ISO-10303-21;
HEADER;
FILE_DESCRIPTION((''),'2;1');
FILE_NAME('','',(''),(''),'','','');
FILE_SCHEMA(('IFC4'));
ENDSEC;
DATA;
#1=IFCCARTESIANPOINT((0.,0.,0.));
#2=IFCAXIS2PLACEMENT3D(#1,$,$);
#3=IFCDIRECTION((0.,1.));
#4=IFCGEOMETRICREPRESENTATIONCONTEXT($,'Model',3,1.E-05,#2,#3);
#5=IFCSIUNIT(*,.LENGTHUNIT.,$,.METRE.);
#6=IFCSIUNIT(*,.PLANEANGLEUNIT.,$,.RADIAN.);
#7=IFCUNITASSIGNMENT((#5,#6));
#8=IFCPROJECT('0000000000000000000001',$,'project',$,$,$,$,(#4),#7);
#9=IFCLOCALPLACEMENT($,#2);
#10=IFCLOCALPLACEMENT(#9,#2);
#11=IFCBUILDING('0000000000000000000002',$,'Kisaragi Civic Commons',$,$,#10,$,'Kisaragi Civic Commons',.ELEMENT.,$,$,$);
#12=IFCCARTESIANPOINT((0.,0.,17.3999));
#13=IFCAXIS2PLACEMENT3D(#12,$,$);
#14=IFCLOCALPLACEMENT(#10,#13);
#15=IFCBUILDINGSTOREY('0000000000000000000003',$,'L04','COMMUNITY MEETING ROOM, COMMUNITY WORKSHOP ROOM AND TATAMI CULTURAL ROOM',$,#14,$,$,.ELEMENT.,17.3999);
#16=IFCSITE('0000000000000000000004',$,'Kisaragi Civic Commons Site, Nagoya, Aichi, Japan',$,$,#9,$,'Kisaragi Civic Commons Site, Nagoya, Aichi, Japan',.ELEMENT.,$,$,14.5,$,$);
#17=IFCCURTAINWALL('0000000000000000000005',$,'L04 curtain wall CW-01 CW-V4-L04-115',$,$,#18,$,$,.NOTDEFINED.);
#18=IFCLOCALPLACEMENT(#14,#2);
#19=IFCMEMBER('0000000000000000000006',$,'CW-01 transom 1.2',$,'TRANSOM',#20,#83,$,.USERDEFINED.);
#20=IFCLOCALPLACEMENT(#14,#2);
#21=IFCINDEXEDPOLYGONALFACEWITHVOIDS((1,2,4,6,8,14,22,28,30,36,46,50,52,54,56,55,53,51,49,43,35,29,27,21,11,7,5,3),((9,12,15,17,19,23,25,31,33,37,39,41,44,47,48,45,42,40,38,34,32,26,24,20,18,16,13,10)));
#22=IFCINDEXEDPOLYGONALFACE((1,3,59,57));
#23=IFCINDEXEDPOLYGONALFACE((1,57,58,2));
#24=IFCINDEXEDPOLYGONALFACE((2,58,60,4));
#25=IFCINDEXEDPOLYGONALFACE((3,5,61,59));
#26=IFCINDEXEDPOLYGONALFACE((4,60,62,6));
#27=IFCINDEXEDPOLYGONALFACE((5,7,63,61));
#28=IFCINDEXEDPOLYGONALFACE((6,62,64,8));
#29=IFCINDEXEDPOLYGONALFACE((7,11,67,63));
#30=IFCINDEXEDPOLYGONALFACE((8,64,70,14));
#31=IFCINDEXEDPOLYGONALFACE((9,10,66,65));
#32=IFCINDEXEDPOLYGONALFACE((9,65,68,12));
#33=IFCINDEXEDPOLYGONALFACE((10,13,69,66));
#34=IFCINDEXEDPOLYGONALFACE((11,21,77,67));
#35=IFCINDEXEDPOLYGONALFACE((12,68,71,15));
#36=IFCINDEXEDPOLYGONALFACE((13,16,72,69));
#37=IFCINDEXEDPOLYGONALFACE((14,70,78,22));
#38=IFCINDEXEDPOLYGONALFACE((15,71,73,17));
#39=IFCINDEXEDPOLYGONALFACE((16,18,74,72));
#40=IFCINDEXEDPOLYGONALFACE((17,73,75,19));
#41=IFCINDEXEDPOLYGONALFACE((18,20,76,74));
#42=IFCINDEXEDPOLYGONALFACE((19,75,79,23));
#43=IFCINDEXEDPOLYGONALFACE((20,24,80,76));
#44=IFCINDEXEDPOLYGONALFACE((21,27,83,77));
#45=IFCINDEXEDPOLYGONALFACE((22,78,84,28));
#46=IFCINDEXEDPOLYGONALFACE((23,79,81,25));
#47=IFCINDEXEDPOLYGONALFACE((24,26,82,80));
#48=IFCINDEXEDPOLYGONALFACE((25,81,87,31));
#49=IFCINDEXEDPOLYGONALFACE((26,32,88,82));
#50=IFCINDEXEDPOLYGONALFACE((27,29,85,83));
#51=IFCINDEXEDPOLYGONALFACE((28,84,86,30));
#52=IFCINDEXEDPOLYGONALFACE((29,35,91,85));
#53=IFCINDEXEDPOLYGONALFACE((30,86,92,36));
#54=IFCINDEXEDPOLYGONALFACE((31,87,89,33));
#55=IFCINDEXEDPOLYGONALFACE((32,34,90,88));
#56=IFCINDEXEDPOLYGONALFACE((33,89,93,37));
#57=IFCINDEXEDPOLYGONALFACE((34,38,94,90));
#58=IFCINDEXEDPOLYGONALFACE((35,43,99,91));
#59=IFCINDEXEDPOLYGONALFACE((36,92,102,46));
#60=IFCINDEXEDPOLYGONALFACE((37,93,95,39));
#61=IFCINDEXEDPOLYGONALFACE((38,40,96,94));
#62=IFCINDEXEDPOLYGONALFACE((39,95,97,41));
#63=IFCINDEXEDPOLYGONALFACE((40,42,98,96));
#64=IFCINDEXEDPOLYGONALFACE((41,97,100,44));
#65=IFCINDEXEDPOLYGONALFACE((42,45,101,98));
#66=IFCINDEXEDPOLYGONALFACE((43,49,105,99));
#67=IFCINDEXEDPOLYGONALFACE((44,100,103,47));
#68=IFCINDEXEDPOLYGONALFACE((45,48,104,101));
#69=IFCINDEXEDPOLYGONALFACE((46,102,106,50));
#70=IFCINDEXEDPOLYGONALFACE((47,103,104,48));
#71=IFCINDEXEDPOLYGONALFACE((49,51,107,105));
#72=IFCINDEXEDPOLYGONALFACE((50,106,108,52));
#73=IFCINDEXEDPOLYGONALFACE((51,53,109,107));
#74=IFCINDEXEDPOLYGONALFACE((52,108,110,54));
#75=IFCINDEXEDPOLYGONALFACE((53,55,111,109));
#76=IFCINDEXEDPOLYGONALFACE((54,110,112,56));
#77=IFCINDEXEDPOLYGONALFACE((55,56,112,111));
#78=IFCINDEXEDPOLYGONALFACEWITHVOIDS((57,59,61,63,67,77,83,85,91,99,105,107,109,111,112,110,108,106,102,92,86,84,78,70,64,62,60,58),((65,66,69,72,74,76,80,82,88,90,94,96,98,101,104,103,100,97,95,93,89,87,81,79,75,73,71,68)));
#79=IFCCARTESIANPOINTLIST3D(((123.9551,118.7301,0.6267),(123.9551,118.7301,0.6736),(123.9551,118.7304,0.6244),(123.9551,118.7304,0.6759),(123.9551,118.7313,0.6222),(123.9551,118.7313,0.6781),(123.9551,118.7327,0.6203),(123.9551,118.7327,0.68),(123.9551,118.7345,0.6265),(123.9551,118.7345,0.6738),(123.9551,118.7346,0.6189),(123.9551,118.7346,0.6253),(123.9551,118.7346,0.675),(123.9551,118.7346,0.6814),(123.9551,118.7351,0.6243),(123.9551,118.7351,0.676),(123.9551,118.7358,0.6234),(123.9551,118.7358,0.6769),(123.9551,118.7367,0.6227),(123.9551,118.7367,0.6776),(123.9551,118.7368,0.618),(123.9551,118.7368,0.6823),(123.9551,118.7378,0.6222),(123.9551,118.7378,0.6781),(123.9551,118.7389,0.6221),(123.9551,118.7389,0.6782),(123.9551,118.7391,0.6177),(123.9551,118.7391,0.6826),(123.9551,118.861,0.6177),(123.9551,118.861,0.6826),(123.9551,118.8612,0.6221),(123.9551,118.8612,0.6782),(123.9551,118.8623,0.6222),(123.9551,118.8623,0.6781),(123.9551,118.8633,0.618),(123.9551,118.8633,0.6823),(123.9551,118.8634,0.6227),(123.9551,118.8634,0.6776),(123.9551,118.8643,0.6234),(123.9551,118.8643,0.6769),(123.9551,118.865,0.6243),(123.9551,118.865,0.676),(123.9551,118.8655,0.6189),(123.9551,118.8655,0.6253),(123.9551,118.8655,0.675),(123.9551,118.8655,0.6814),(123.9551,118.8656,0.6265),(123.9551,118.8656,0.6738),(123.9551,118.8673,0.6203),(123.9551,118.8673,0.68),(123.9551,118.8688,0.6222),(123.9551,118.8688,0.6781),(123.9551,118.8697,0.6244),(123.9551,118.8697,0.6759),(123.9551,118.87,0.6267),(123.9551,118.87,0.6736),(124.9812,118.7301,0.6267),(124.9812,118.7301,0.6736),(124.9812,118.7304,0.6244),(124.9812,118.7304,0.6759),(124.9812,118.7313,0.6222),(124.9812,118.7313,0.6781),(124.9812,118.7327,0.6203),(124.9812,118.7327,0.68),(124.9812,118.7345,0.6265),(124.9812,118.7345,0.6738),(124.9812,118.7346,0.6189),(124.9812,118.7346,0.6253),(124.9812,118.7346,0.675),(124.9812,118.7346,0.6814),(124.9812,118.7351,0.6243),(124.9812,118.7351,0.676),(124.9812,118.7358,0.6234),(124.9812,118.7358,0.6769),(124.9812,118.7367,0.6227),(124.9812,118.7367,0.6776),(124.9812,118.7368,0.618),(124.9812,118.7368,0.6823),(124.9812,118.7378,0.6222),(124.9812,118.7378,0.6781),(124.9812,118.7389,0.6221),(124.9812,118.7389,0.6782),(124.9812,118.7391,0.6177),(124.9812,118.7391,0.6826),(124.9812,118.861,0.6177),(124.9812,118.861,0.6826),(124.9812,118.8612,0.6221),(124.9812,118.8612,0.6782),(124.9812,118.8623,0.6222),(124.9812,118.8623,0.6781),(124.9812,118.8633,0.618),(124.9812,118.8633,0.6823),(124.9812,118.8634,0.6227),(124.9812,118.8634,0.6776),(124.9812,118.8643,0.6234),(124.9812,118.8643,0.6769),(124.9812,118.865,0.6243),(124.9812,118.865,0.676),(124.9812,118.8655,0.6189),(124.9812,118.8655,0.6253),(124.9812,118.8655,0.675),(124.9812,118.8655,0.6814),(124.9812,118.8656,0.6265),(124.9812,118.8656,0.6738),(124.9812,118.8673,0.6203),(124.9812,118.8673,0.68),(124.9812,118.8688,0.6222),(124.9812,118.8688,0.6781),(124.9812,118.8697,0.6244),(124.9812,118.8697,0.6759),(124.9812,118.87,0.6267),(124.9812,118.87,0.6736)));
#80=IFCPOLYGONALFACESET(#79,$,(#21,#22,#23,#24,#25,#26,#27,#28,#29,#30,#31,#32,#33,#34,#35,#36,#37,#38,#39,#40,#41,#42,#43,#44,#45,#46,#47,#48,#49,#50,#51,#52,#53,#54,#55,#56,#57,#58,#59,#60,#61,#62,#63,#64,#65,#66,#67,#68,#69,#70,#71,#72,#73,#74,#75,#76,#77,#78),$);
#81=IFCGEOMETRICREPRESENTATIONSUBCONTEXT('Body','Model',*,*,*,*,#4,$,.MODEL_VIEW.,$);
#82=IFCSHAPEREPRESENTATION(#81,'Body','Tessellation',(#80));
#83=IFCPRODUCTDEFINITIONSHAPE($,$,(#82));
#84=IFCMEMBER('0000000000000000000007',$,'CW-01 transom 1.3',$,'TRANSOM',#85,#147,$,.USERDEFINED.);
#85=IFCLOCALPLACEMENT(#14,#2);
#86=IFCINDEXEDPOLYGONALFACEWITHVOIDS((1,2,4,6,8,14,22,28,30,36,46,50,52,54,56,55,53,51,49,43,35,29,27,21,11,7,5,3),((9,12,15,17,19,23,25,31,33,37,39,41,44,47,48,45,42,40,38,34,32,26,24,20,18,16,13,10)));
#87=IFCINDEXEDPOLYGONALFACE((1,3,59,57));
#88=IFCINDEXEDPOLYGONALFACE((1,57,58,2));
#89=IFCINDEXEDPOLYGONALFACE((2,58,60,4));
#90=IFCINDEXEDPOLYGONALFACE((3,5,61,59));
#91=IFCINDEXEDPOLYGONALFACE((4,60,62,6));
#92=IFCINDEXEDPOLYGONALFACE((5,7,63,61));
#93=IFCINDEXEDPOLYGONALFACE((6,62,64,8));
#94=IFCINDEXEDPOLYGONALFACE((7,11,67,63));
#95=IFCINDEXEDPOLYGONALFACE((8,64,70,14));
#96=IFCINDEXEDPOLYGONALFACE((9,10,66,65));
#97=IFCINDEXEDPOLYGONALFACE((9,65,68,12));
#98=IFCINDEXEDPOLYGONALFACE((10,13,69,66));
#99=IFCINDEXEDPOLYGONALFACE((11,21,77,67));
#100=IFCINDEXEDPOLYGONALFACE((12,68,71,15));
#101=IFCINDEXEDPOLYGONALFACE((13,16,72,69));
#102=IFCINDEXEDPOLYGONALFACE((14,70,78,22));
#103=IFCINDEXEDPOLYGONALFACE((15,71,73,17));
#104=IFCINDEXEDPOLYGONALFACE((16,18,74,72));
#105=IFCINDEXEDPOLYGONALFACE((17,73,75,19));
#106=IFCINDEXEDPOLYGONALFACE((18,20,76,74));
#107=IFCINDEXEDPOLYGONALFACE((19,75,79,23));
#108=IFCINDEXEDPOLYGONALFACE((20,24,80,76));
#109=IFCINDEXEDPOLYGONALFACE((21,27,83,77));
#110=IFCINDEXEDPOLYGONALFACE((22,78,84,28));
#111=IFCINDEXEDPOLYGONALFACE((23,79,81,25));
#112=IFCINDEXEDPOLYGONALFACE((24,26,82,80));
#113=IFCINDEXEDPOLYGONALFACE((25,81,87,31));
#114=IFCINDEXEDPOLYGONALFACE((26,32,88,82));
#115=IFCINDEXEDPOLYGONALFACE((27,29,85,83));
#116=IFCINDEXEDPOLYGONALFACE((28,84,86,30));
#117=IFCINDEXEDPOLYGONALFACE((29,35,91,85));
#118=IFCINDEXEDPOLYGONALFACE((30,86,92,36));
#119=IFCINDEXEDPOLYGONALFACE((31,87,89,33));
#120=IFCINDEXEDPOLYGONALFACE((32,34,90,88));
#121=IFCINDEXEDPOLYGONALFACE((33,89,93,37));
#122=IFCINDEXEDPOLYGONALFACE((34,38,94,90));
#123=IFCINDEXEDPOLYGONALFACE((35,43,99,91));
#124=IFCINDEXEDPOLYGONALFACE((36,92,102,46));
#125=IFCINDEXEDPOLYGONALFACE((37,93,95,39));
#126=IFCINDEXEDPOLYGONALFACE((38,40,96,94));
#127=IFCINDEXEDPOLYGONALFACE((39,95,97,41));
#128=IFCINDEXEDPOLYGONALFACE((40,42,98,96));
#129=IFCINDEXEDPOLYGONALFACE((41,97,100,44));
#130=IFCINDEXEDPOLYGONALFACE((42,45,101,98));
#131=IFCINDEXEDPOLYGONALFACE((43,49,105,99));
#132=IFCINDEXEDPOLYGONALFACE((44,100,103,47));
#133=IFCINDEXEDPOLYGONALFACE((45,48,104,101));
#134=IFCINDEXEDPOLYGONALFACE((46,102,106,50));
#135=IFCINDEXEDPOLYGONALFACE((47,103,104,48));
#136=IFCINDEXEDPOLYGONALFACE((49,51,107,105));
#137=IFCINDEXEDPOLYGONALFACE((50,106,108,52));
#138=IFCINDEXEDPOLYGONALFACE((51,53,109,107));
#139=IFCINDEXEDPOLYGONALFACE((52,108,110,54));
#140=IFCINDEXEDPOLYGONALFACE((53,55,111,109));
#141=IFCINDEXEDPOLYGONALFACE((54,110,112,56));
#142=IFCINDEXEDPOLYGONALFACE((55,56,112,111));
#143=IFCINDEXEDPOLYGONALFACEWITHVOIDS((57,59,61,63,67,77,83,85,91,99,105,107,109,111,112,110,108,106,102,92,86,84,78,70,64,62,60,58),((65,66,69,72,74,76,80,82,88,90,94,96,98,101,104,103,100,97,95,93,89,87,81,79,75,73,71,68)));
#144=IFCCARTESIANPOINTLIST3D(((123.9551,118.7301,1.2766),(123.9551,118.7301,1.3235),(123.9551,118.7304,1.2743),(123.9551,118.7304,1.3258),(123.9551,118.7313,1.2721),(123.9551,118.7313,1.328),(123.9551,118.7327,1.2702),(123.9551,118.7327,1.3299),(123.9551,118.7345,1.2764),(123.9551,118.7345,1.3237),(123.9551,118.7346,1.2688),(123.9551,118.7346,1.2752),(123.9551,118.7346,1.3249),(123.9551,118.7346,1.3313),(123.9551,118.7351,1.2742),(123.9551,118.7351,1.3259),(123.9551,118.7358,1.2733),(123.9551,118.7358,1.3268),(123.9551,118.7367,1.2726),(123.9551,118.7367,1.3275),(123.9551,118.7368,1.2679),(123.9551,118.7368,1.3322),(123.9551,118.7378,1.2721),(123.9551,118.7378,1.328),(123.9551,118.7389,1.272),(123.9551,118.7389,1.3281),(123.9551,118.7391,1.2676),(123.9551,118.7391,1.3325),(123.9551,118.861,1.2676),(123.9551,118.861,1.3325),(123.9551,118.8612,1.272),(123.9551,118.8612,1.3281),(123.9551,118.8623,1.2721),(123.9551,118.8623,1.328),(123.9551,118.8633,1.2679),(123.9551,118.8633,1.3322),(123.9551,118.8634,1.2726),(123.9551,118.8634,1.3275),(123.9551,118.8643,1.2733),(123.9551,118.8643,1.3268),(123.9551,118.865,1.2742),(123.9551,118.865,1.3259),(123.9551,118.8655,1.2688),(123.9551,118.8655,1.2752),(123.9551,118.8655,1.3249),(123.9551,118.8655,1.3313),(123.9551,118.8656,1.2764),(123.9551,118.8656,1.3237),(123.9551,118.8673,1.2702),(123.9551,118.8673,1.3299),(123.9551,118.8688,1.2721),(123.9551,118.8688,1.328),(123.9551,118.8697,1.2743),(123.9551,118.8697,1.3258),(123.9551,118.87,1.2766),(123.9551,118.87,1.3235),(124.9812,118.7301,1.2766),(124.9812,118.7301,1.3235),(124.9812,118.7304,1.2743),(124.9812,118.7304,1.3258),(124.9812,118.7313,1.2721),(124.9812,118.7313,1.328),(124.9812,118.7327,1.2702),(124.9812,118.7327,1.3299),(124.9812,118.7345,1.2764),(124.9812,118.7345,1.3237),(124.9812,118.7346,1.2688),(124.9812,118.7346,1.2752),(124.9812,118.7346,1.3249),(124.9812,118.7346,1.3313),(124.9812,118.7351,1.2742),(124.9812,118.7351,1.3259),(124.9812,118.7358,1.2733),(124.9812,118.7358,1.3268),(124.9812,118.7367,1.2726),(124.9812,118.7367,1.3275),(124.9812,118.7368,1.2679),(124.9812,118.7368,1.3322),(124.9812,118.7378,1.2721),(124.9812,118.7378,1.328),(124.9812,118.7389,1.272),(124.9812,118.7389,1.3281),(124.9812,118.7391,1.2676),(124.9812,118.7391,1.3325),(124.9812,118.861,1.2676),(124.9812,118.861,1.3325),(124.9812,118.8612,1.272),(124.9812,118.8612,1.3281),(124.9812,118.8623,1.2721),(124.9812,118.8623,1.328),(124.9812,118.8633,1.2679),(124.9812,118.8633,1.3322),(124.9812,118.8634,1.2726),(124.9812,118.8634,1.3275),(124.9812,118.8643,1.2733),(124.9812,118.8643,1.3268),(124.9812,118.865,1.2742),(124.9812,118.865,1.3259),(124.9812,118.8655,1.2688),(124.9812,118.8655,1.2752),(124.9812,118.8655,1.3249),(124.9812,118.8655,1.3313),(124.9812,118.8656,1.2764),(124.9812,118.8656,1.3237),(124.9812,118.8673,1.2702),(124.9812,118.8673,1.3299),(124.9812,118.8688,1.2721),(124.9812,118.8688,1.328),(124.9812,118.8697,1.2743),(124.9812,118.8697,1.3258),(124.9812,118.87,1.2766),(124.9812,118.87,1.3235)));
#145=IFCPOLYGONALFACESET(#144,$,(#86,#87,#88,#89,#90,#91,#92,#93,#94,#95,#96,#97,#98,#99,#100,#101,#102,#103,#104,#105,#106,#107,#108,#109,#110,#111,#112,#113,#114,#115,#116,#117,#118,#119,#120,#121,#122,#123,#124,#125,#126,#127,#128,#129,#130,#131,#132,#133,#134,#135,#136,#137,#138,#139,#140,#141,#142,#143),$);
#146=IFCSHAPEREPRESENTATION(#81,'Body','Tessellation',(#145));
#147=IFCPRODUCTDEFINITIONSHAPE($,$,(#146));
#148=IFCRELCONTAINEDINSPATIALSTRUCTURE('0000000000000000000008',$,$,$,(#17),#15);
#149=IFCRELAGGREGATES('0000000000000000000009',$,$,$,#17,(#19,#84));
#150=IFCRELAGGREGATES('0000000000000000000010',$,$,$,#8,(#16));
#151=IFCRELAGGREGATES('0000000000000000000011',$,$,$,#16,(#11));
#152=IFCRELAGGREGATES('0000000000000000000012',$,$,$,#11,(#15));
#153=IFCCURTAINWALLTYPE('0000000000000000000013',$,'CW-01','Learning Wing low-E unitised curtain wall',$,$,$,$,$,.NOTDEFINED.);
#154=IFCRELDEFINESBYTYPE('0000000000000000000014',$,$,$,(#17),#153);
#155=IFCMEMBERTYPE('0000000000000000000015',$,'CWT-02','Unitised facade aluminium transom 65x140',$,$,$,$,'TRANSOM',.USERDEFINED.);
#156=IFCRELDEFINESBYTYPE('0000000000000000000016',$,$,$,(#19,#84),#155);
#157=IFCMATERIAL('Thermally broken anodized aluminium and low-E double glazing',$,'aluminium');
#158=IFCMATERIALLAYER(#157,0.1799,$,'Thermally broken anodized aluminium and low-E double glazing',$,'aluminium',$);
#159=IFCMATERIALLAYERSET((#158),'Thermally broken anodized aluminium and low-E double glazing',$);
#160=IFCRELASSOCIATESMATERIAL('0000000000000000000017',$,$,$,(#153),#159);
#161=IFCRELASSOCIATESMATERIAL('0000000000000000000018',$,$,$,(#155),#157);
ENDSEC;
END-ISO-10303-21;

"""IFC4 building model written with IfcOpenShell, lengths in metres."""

from ifc_helpers import new_model, si_unit, direction, frame, origin, origin_2d, place, context, subcontext, project, spatial, hollow_rectangle, extrude, material, layer, layer_set, material_profile, profile_set, type_object, element, aggregate, save


model = new_model("IFC4")

# Units and contexts
model_context = context("Model", 3, precision=1e-05, world=origin(), true_north=direction((0.0, 1.0)))
body_context = subcontext(model_context, "Body", "Model", "MODEL_VIEW")
ifc_project = project(units=[si_unit("LENGTHUNIT", "METRE"), si_unit("PLANEANGLEUNIT", "RADIAN")], contexts=[model_context])

# Site, building, storey
site_placement = place(None, origin())
site = spatial("IfcSite", under=ifc_project, at=site_placement, Name="Kisaragi Civic Commons Site, Nagoya, Aichi, Japan", LongName="Kisaragi Civic Commons Site, Nagoya, Aichi, Japan", CompositionType="ELEMENT", RefElevation=14.5)
building_placement = place(site_placement, origin())
building = spatial("IfcBuilding", under=site, at=building_placement, Name="Kisaragi Civic Commons", LongName="Kisaragi Civic Commons", CompositionType="ELEMENT")
storey_placement = place(building_placement, frame((0.0, 0.0, 17.3999)))
storey = spatial("IfcBuildingStorey", under=building, at=storey_placement, Name="L04", Description="COMMUNITY MEETING ROOM, COMMUNITY WORKSHOP ROOM AND TATAMI CULTURAL ROOM", CompositionType="ELEMENT", Elevation=17.3999)

# Curtain wall
ifc_material_1 = material(Name="Thermally broken anodized aluminium and low-E double glazing", Category="aluminium")
ifc_layer_1 = layer(ifc_material_1, 0.1799, Name="Thermally broken anodized aluminium and low-E double glazing", Category="aluminium")
ifc_layer_set_1 = layer_set([ifc_layer_1], Name="Thermally broken anodized aluminium and low-E double glazing")
curtain_wall_type = type_object("IfcCurtainWallType", Name="CW-01", Description="Learning Wing low-E unitised curtain wall", PredefinedType="NOTDEFINED", material=ifc_layer_set_1)
curtain_wall_1_placement = place(storey_placement, origin())
curtain_wall_1 = element("IfcCurtainWall", 1, at=curtain_wall_1_placement, inside=storey, type_object=curtain_wall_type, Name="L04 curtain wall CW-01 CW-V4-L04-115", PredefinedType="NOTDEFINED")

# Members
ifc_material_profile_1 = material_profile(ifc_material_1, hollow_rectangle(XDim=0.1399, YDim=0.0649, WallThickness=0.0044, InnerFilletRadius=0.0044, OuterFilletRadius=0.009, at=origin_2d()), Name="CWT-65x140x4.5", Category="aluminium")
ifc_profile_set_1 = profile_set([ifc_material_profile_1], Name="Thermally broken anodized aluminium and low-E double glazing")
member_type_1 = type_object("IfcMemberType", Name="CWT-02", Description="Unitised facade aluminium transom 65x140", ElementType="TRANSOM", PredefinedType="USERDEFINED", material=ifc_profile_set_1)
member_1_placement = place(storey_placement, frame((123.9551, 118.8, 0.6501), z_axis=(1.0, 0.0, 0.0), x_axis=(0.0, 1.0, 0.0)))
member_1 = element("IfcMember", 2, at=member_1_placement, type_object=member_type_1, Name="CW-01 transom 1.2", ObjectType="TRANSOM", PredefinedType="USERDEFINED", context=body_context, shape_type="SweptSolid", body=[
    extrude(hollow_rectangle(XDim=0.1399, YDim=0.0649, WallThickness=0.0044, InnerFilletRadius=0.0044, OuterFilletRadius=0.009, at=origin_2d()), origin(), (0.0, 0.0, 1.0), 1.0261),
])
member_2_placement = place(storey_placement, frame((123.9551, 118.8, 1.3), z_axis=(1.0, 0.0, 0.0), x_axis=(0.0, 1.0, 0.0)))
member_2 = element("IfcMember", 3, at=member_2_placement, type_object=member_type_1, Name="CW-01 transom 1.3", ObjectType="TRANSOM", PredefinedType="USERDEFINED", context=body_context, shape_type="SweptSolid", body=[
    extrude(hollow_rectangle(XDim=0.1399, YDim=0.0649, WallThickness=0.0044, InnerFilletRadius=0.0044, OuterFilletRadius=0.009, at=origin_2d()), origin(), (0.0, 0.0, 1.0), 1.0261),
])

aggregate(curtain_wall_1, [member_1, member_2])

save(model, "model.ifc")
